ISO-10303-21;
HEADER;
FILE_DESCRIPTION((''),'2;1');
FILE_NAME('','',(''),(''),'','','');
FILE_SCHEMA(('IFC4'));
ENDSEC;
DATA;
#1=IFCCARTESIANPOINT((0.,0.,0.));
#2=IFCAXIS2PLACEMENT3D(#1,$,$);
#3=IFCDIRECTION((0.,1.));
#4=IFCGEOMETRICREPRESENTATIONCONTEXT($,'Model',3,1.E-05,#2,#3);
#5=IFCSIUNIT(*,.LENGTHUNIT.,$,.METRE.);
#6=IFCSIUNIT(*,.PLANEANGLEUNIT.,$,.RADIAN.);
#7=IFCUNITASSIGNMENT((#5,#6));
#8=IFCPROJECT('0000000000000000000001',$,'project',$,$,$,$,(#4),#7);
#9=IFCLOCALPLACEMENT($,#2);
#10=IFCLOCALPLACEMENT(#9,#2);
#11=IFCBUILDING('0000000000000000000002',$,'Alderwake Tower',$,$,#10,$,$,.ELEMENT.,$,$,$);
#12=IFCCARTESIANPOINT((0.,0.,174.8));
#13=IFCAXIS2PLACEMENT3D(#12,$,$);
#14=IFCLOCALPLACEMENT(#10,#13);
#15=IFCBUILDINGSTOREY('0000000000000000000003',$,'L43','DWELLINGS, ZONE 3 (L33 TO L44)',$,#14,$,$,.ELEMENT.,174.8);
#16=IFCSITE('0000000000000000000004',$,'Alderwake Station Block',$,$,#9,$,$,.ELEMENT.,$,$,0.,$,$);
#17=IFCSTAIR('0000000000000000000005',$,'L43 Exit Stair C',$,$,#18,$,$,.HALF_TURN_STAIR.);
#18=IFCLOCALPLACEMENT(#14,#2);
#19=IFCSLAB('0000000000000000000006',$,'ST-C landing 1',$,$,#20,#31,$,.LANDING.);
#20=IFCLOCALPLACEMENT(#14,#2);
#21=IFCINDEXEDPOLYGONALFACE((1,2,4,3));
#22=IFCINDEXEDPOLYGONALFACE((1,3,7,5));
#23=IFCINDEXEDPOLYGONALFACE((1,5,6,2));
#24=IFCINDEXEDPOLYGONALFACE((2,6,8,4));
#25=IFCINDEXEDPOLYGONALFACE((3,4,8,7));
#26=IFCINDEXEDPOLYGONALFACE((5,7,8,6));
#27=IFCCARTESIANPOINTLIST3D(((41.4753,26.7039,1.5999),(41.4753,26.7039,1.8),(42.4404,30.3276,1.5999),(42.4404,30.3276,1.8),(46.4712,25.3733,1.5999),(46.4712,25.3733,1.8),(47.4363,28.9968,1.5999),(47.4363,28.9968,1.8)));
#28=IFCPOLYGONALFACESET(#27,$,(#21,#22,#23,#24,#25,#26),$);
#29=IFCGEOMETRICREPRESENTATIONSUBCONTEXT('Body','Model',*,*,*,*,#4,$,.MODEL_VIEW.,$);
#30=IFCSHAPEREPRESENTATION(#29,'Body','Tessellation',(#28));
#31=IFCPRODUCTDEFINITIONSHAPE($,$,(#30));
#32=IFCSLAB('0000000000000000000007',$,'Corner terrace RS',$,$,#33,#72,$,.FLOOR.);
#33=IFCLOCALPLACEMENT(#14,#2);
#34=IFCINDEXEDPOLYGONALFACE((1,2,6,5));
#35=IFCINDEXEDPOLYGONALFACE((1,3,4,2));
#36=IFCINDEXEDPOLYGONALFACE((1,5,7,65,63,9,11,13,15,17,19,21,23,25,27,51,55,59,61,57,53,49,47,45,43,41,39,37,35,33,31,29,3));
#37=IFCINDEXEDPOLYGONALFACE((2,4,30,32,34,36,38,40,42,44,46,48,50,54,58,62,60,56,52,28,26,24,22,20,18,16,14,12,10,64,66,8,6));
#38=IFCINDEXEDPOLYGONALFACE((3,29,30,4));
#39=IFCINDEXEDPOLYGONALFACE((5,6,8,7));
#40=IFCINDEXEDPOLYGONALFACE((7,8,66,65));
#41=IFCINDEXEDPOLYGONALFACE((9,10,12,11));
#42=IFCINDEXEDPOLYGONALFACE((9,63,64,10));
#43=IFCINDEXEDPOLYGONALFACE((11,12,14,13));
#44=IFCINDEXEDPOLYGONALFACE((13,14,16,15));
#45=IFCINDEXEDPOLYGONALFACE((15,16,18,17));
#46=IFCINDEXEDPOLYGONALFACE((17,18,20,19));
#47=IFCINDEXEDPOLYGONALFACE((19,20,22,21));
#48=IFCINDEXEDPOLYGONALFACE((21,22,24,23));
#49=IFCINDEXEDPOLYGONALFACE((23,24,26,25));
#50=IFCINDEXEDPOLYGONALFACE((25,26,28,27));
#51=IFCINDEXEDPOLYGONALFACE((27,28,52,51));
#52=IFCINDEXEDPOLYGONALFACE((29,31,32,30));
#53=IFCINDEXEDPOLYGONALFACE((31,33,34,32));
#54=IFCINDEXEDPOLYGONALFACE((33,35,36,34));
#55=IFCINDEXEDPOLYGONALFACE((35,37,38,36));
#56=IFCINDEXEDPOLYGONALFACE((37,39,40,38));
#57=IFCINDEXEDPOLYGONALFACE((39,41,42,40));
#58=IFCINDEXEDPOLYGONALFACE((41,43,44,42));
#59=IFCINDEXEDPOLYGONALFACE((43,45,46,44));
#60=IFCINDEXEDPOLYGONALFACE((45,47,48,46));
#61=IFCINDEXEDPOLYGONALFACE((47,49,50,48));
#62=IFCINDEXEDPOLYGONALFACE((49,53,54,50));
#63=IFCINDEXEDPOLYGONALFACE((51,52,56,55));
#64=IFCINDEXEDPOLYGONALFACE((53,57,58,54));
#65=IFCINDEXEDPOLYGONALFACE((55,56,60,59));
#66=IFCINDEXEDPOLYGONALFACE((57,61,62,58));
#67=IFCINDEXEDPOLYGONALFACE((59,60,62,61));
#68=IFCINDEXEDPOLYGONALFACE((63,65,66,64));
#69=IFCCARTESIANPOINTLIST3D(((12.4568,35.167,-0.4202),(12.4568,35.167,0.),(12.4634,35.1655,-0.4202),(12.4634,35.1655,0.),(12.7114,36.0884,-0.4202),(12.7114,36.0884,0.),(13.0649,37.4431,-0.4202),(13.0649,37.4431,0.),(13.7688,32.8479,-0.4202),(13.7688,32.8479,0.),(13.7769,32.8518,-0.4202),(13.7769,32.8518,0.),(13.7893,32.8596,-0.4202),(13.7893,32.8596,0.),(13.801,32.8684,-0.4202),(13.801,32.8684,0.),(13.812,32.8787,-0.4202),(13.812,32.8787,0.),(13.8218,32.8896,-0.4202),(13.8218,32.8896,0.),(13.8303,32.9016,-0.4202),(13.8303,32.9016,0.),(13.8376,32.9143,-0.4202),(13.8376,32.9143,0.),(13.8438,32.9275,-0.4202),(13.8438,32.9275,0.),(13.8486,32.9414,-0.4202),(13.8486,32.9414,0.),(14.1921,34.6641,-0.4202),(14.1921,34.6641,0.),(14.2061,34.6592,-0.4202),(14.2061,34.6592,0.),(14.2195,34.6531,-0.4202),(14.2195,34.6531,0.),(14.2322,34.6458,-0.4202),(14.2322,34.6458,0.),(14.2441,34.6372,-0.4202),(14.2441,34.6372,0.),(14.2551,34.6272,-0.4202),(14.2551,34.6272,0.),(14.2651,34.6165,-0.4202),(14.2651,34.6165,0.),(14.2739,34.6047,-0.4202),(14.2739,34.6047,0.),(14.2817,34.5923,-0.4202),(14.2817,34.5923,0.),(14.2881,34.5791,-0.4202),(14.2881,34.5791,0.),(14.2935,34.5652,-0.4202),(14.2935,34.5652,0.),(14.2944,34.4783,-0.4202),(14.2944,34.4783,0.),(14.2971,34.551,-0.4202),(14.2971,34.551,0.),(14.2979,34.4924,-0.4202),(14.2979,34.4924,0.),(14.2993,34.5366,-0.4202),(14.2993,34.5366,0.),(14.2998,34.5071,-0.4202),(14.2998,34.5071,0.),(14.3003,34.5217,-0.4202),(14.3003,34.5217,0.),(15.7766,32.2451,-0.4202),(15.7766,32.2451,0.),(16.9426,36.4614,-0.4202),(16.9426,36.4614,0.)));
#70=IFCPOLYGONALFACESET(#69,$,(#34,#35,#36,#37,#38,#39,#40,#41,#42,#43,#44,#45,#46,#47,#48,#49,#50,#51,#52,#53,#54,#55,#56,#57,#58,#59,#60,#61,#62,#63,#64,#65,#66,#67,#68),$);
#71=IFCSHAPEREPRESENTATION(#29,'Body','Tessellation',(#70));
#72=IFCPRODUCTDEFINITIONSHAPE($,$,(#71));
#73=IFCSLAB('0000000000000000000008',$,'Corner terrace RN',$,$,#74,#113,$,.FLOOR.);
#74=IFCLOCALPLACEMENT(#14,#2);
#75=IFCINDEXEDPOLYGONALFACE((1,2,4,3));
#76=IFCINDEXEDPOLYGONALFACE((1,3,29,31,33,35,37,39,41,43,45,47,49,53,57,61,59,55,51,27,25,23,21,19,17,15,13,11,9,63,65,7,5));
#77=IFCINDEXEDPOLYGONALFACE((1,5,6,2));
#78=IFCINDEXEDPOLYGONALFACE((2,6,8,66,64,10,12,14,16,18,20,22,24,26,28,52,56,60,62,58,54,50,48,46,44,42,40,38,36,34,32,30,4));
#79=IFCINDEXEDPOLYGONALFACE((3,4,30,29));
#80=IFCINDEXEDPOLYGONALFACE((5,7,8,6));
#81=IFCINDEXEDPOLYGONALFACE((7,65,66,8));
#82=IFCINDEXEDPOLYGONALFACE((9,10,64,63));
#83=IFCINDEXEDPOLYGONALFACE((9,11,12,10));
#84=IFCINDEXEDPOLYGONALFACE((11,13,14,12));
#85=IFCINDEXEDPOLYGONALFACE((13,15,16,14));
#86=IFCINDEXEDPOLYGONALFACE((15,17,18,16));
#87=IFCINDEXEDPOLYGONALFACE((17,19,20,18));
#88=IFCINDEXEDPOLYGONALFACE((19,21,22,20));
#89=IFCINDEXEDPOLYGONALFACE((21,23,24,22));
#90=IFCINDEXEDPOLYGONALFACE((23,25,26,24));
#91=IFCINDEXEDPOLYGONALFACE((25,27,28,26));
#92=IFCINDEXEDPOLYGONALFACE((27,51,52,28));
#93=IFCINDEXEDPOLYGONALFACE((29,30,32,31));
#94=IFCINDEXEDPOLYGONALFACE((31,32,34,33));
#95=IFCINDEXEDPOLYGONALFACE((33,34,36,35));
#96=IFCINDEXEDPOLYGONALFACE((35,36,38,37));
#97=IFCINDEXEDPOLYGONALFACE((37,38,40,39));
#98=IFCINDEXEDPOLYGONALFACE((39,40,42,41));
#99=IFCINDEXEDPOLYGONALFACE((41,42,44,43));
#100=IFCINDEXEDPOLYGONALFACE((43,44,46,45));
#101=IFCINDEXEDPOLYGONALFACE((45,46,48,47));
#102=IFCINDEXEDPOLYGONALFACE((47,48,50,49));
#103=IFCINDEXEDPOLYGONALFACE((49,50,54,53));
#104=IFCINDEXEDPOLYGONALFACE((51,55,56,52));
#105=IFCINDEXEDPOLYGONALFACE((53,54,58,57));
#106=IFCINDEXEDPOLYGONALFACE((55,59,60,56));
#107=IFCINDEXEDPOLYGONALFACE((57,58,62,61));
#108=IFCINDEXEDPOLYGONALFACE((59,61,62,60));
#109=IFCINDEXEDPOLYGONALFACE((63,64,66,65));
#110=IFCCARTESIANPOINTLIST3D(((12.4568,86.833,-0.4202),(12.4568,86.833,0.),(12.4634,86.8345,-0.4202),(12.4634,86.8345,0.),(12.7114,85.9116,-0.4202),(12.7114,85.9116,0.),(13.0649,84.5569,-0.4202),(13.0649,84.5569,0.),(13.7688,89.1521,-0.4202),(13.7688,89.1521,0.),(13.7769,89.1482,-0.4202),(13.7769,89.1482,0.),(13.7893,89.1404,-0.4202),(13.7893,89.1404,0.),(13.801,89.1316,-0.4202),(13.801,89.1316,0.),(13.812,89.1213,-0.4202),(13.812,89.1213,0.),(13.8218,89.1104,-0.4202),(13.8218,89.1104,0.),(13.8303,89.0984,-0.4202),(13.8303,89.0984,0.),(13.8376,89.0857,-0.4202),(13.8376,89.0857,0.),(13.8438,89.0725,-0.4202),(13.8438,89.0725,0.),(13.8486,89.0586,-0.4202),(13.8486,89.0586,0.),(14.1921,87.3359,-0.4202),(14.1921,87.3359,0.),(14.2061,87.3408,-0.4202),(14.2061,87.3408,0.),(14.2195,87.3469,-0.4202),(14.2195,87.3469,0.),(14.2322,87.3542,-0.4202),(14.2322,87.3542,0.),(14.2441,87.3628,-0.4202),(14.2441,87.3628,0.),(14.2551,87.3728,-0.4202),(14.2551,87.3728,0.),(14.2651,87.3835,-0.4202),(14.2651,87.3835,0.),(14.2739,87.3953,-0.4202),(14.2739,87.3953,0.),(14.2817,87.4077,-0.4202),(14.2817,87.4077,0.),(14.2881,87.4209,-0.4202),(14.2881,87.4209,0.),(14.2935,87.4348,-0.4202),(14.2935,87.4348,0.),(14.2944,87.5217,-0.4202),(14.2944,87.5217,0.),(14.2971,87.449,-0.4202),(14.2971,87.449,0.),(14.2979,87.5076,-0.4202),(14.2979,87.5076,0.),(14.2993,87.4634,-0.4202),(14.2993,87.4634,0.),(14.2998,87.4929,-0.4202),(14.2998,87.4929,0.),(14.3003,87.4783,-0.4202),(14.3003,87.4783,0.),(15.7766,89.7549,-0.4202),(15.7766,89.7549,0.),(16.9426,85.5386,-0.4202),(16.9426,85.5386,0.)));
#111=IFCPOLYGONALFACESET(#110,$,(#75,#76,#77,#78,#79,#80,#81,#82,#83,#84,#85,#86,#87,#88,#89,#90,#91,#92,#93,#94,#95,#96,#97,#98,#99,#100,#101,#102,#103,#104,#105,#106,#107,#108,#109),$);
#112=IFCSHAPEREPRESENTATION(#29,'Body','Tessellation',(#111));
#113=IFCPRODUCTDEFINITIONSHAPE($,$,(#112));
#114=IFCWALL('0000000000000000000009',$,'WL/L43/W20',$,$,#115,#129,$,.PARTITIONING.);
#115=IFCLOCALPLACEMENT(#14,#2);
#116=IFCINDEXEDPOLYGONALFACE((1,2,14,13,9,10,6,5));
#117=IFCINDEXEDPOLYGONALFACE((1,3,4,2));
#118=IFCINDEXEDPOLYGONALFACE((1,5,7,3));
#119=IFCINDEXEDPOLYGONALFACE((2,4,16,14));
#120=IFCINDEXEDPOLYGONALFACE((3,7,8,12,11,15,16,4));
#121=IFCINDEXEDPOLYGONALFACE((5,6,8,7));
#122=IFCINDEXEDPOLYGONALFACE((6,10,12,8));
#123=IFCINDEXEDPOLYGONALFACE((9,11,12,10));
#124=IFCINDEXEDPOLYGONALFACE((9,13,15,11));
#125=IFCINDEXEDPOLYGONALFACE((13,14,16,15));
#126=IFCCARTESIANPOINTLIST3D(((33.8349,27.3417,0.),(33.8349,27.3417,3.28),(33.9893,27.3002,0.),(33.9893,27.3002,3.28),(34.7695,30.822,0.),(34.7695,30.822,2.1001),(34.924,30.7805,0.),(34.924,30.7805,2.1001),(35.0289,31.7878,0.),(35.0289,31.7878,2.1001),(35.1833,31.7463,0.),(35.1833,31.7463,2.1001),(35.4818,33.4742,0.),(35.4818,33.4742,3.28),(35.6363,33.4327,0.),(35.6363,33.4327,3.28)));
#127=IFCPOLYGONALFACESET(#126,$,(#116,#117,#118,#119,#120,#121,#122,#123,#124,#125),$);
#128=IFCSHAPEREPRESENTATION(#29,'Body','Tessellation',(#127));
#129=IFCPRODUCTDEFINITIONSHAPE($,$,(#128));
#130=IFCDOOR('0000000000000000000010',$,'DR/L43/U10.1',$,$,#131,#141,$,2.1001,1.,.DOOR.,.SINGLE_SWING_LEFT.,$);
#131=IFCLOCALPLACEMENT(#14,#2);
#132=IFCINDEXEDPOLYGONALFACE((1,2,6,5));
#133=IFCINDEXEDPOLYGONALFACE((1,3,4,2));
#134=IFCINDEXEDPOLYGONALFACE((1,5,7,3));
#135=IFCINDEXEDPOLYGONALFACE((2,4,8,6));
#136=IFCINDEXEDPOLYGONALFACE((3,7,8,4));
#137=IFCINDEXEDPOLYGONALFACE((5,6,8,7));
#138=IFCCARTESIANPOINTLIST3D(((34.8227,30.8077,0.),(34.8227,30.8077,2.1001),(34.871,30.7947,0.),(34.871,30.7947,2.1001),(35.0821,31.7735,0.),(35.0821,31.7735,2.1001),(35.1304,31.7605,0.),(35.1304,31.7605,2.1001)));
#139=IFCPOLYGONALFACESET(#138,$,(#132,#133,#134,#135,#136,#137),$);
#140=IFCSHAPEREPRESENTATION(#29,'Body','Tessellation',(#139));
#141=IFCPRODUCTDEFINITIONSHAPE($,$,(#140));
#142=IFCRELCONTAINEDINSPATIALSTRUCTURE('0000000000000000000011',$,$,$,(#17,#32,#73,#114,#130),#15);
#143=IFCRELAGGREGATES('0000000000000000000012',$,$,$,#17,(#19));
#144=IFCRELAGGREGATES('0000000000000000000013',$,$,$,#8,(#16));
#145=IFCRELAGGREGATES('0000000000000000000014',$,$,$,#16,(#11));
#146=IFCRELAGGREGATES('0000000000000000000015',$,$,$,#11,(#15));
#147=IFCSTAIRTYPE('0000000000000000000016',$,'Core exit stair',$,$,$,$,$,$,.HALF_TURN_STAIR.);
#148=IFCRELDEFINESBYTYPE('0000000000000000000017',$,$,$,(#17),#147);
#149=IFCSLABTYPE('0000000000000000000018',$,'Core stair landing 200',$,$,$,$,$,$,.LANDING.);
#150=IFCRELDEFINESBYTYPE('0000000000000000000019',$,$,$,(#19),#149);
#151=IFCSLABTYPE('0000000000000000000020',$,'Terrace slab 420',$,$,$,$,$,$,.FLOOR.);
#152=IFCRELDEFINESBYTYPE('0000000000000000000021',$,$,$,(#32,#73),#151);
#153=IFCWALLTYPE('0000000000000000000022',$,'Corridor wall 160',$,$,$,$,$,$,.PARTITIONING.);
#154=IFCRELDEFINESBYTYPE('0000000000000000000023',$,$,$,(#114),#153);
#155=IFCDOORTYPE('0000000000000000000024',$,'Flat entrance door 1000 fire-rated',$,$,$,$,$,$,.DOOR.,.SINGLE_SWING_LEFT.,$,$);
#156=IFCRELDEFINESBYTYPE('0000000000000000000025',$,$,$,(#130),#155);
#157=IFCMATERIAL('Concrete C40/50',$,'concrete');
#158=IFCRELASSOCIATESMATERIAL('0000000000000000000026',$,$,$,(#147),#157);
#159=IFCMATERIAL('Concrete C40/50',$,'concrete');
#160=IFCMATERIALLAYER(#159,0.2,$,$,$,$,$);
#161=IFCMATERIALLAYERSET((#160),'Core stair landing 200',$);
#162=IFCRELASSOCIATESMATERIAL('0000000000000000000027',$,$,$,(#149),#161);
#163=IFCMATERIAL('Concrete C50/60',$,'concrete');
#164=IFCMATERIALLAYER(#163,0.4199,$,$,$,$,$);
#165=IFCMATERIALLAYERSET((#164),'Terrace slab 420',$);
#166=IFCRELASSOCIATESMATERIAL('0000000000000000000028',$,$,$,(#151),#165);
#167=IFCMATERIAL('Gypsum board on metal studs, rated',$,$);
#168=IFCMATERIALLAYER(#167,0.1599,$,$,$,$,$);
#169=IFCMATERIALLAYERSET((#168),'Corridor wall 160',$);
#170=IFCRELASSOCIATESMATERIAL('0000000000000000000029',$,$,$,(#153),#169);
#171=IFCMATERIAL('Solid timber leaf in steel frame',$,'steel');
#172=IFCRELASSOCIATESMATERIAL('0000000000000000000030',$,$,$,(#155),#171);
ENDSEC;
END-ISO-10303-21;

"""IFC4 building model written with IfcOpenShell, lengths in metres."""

from ifc_helpers import new_model, si_unit, direction, frame, frame_2d, origin, place, context, subcontext, project, spatial, polyline, rectangle, outline, extrude, material, layer, layer_set, type_object, element, fill, aggregate, save


model = new_model("IFC4")

# Units and contexts
model_context = context("Model", 3, precision=1e-05, world=origin(), true_north=direction((0.0, 1.0)))
body_context = subcontext(model_context, "Body", "Model", "MODEL_VIEW")
ifc_project = project(units=[si_unit("LENGTHUNIT", "METRE"), si_unit("PLANEANGLEUNIT", "RADIAN")], contexts=[model_context])

# Site, building, storey
site_placement = place(None, origin())
site = spatial("IfcSite", under=ifc_project, at=site_placement, Name="Alderwake Station Block", CompositionType="ELEMENT", RefElevation=0.0)
building_placement = place(site_placement, origin())
building = spatial("IfcBuilding", under=site, at=building_placement, Name="Alderwake Tower", CompositionType="ELEMENT")
storey_placement = place(building_placement, frame((0.0, 0.0, 174.8)))
storey = spatial("IfcBuildingStorey", under=building, at=storey_placement, Name="L43", Description="DWELLINGS, ZONE 3 (L33 TO L44)", CompositionType="ELEMENT", Elevation=174.8)

# Stair, slab
ifc_material_1 = material(Name="Concrete C40/50", Category="concrete")
stair_type = type_object("IfcStairType", Name="Core exit stair", PredefinedType="HALF_TURN_STAIR", material=ifc_material_1)
ifc_material_2 = material(Name="Concrete C40/50", Category="concrete")
ifc_layer_1 = layer(ifc_material_2, 0.2)
ifc_layer_set_1 = layer_set([ifc_layer_1], Name="Core stair landing 200")
slab_type_1 = type_object("IfcSlabType", Name="Core stair landing 200", PredefinedType="LANDING", material=ifc_layer_set_1)
stair_1_placement = place(storey_placement, origin())
stair_1 = element("IfcStair", 1, at=stair_1_placement, inside=storey, type_object=stair_type, Name="L43 Exit Stair C", PredefinedType="HALF_TURN_STAIR")
slab_1_placement = place(storey_placement, frame((0.0, 0.0, 1.5999)))
slab_1 = element("IfcSlab", 2, at=slab_1_placement, type_object=slab_type_1, Name="ST-C landing 1", PredefinedType="LANDING", context=body_context, shape_type="SweptSolid", body=[
    extrude(outline(polyline([(41.4753, 26.7039), (46.4712, 25.3733), (47.4363, 28.9968), (42.4404, 30.3276), (41.4753, 26.7039)])), origin(), (0.0, 0.0, 1.0), 0.2002),
])
aggregate(stair_1, [slab_1])

# Slabs
ifc_material_3 = material(Name="Concrete C50/60", Category="concrete")
ifc_layer_2 = layer(ifc_material_3, 0.4199)
ifc_layer_set_2 = layer_set([ifc_layer_2], Name="Terrace slab 420")
slab_type_2 = type_object("IfcSlabType", Name="Terrace slab 420", PredefinedType="FLOOR", material=ifc_layer_set_2)
slab_2_placement = place(storey_placement, frame((0.0, 0.0, -0.4202)))
element("IfcSlab", 3, at=slab_2_placement, inside=storey, type_object=slab_type_2, Name="Corner terrace RS", PredefinedType="FLOOR", context=body_context, shape_type="SweptSolid", body=[
    extrude(outline(polyline([(15.7766, 32.2451), (13.7688, 32.8479), (13.7769, 32.8518), (13.7893, 32.8596), (13.801, 32.8684), (13.812, 32.8787), (13.8218, 32.8896), (13.8303, 32.9016), (13.8376, 32.9143), (13.8438, 32.9275), (13.8486, 32.9414), (14.2944, 34.4783), (14.2979, 34.4924), (14.2998, 34.5071), (14.3003, 34.5217), (14.2993, 34.5366), (14.2971, 34.551), (14.2935, 34.5652), (14.2881, 34.5791), (14.2817, 34.5923), (14.2739, 34.6047), (14.2651, 34.6165), (14.2551, 34.6272), (14.2441, 34.6372), (14.2322, 34.6458), (14.2195, 34.6531), (14.2061, 34.6592), (14.1921, 34.6641), (12.4634, 35.1655), (12.4568, 35.167), (12.7114, 36.0884), (13.0649, 37.4431), (16.9426, 36.4614), (15.7766, 32.2451)])), origin(), (0.0, 0.0, 1.0), 0.4202),
])
slab_3_placement = place(storey_placement, frame((0.0, 0.0, -0.4202)))
element("IfcSlab", 4, at=slab_3_placement, inside=storey, type_object=slab_type_2, Name="Corner terrace RN", PredefinedType="FLOOR", context=body_context, shape_type="SweptSolid", body=[
    extrude(outline(polyline([(12.4568, 86.833), (12.4634, 86.8345), (14.1921, 87.3359), (14.2061, 87.3408), (14.2195, 87.3469), (14.2322, 87.3542), (14.2441, 87.3628), (14.2551, 87.3728), (14.2651, 87.3835), (14.2739, 87.3953), (14.2817, 87.4077), (14.2881, 87.4209), (14.2935, 87.4348), (14.2971, 87.449), (14.2993, 87.4634), (14.3003, 87.4783), (14.2998, 87.4929), (14.2979, 87.5076), (14.2944, 87.5217), (13.8486, 89.0586), (13.8438, 89.0725), (13.8376, 89.0857), (13.8303, 89.0984), (13.8218, 89.1104), (13.812, 89.1213), (13.801, 89.1316), (13.7893, 89.1404), (13.7769, 89.1482), (13.7688, 89.1521), (15.7766, 89.7549), (16.9426, 85.5386), (13.0649, 84.5569), (12.7114, 85.9116), (12.4568, 86.833)])), origin(), (0.0, 0.0, 1.0), 0.4202),
])

# Wall, opening, door
ifc_material_4 = material(Name="Gypsum board on metal studs, rated")
ifc_layer_3 = layer(ifc_material_4, 0.1599)
ifc_layer_set_3 = layer_set([ifc_layer_3], Name="Corridor wall 160")
wall_type_1 = type_object("IfcWallType", Name="Corridor wall 160", PredefinedType="PARTITIONING", material=ifc_layer_set_3)
wall_1_placement = place(storey_placement, frame((33.9121, 27.321, 0.0), z_axis=(0.0, 0.0, 1.0), x_axis=(0.259371, 0.965778, 0.0)))
wall_1 = element("IfcWall", 5, at=wall_1_placement, inside=storey, type_object=wall_type_1, Name="WL/L43/W20", PredefinedType="PARTITIONING", context=body_context, shape_type="SweptSolid", body=[
    extrude(rectangle(XDim=6.3499, YDim=0.1599, at=frame_2d((3.1748, 0.0))), origin(), (0.0, 0.0, 1.0), 3.28),
])
opening_1_placement = place(wall_1_placement, frame((3.6035, 0.0, 0.0)))
opening_1 = element("IfcOpeningElement", 6, at=opening_1_placement, cuts=wall_1, PredefinedType="OPENING", context=body_context, shape_type="SweptSolid", body=[
    extrude(rectangle(XDim=1.0, YDim=2.1001, at=frame_2d((0.5, 1.05))), frame((0.0, 0.0898, 0.0), z_axis=(0.0, -1.0, 0.0), x_axis=(1.0, 0.0, 0.0)), (0.0, 0.0, 1.0), 0.1799),
])
ifc_material_5 = material(Name="Solid timber leaf in steel frame", Category="steel")
door_type_1 = type_object("IfcDoorType", Name="Flat entrance door 1000 fire-rated", OperationType="SINGLE_SWING_LEFT", PredefinedType="DOOR", material=ifc_material_5)
door_1_placement = place(opening_1_placement, origin())
door_1 = element("IfcDoor", 7, at=door_1_placement, inside=storey, type_object=door_type_1, Name="DR/L43/U10.1", OperationType="SINGLE_SWING_LEFT", OverallHeight=2.1001, OverallWidth=1.0, PredefinedType="DOOR", context=body_context, shape_type="SweptSolid", body=[
    extrude(rectangle(XDim=1.0, YDim=2.1001, at=frame_2d((0.5, 1.05))), frame((0.0, 0.0249, 0.0), z_axis=(0.0, -1.0, 0.0), x_axis=(1.0, 0.0, 0.0)), (0.0, 0.0, 1.0), 0.05),
])
fill(opening_1, door_1)

save(model, "model.ifc")
